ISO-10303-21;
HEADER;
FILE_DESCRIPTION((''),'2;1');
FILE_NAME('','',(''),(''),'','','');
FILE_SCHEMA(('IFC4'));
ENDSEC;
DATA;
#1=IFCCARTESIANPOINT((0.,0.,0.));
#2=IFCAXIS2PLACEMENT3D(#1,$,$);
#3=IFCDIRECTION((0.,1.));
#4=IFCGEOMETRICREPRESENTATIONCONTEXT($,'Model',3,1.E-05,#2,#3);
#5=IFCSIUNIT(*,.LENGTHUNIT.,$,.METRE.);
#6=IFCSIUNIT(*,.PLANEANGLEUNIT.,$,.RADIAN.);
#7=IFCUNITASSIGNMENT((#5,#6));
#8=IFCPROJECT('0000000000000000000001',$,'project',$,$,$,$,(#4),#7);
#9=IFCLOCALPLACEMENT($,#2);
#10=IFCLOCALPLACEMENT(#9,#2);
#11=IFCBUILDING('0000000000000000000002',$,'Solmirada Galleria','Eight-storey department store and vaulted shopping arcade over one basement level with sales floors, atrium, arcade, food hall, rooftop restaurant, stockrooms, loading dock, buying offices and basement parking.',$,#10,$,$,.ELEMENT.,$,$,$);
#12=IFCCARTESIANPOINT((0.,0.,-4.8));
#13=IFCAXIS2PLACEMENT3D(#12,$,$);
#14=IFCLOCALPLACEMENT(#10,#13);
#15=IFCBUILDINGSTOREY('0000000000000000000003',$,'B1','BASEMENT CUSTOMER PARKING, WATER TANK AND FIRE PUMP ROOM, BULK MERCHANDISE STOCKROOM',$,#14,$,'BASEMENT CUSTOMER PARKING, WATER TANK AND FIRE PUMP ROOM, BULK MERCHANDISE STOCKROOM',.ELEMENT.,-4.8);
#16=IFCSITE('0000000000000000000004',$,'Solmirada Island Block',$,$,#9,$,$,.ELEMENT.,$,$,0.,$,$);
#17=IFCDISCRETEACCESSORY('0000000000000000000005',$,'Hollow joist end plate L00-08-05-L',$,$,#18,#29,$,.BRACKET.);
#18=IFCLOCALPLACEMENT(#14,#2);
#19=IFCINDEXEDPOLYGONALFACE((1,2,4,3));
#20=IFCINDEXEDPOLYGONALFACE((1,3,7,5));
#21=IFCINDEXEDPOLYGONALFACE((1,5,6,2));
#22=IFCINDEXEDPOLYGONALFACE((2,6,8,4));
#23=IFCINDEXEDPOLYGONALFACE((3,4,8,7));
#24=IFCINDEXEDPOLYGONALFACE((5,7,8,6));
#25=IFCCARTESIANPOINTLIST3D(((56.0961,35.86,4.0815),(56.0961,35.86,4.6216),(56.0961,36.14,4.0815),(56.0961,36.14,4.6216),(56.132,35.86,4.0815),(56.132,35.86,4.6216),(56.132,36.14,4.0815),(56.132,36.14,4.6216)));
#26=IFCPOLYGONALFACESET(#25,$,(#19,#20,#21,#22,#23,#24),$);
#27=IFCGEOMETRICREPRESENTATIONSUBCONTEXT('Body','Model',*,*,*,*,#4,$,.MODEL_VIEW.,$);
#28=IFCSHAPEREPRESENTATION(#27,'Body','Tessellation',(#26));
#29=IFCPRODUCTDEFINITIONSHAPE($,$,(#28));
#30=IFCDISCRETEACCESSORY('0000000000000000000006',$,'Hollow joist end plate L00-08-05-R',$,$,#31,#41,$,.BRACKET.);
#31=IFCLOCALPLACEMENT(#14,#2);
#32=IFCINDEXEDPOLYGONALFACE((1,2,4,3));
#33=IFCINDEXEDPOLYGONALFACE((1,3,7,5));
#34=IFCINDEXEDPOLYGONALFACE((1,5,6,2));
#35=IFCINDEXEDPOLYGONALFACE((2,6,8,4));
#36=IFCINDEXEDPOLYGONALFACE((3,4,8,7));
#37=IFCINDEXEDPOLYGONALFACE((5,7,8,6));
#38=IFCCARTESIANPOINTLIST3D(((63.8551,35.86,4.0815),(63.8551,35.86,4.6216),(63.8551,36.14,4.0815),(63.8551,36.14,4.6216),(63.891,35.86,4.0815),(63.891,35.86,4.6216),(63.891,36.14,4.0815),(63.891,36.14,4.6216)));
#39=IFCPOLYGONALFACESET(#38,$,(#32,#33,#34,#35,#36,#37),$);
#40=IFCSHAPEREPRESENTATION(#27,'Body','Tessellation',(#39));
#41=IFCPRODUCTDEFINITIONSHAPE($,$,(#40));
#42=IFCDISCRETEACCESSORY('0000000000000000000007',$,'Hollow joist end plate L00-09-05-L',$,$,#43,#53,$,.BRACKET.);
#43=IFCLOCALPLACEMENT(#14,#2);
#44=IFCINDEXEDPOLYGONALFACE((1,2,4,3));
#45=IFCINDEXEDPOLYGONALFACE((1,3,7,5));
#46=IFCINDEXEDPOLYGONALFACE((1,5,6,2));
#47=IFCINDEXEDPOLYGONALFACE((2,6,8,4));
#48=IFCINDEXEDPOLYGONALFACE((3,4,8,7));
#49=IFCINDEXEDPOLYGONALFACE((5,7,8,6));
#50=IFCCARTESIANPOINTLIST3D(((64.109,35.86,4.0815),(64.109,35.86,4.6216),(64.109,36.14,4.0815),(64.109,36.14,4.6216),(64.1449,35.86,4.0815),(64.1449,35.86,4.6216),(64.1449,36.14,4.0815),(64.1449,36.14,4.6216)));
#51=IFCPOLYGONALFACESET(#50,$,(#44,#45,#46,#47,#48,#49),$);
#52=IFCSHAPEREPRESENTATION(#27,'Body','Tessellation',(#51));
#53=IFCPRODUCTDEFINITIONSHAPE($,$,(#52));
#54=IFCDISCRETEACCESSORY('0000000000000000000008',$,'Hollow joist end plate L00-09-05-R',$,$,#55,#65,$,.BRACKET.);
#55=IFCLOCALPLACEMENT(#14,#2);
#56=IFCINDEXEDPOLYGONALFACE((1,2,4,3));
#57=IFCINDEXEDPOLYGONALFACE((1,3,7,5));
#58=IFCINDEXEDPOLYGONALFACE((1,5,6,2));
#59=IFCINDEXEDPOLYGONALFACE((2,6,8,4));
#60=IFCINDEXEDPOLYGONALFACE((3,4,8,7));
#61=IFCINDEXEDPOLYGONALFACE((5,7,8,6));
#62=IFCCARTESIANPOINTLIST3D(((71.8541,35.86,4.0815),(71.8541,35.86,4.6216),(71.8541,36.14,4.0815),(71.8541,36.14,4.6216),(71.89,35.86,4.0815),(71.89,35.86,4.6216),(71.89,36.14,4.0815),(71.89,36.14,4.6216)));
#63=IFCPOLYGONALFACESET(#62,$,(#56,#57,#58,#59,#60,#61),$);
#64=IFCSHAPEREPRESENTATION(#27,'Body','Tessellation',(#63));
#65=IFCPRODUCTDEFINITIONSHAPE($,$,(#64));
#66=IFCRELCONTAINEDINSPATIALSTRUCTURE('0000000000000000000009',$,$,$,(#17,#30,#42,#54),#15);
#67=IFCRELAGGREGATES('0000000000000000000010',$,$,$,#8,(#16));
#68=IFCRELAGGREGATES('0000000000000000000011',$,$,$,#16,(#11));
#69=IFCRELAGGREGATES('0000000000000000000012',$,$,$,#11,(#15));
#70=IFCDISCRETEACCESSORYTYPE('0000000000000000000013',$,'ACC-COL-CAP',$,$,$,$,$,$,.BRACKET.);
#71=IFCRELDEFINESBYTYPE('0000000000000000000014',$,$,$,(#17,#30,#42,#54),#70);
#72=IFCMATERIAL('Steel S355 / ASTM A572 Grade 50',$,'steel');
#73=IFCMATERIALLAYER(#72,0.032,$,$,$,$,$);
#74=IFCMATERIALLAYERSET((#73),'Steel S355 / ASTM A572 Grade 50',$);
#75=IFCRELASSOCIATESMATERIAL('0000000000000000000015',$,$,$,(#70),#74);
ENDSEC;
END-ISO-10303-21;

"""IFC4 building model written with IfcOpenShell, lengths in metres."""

from ifc_helpers import new_model, si_unit, direction, frame, origin, origin_2d, place, context, subcontext, project, spatial, rectangle, extrude, material, layer, layer_set, type_object, element, save


model = new_model("IFC4")

# Units and contexts
model_context = context("Model", 3, precision=1e-05, world=origin(), true_north=direction((0.0, 1.0)))
body_context = subcontext(model_context, "Body", "Model", "MODEL_VIEW")
ifc_project = project(units=[si_unit("LENGTHUNIT", "METRE"), si_unit("PLANEANGLEUNIT", "RADIAN")], contexts=[model_context])

# Site, building, storey
site_placement = place(None, origin())
site = spatial("IfcSite", under=ifc_project, at=site_placement, Name="Solmirada Island Block", CompositionType="ELEMENT", RefElevation=0.0)
building_placement = place(site_placement, origin())
building = spatial("IfcBuilding", under=site, at=building_placement, Name="Solmirada Galleria", Description="Eight-storey department store and vaulted shopping arcade over one basement level with sales floors, atrium, arcade, food hall, rooftop restaurant, stockrooms, loading dock, buying offices and basement parking.", CompositionType="ELEMENT")
storey_placement = place(building_placement, frame((0.0, 0.0, -4.8)))
storey = spatial("IfcBuildingStorey", under=building, at=storey_placement, Name="B1", Description="BASEMENT CUSTOMER PARKING, WATER TANK AND FIRE PUMP ROOM, BULK MERCHANDISE STOCKROOM", LongName="BASEMENT CUSTOMER PARKING, WATER TANK AND FIRE PUMP ROOM, BULK MERCHANDISE STOCKROOM", CompositionType="ELEMENT", Elevation=-4.8)

# Discrete accessories
ifc_material_1 = material(Name="Steel S355 / ASTM A572 Grade 50", Category="steel")
ifc_layer = layer(ifc_material_1, 0.032)
ifc_layer_set = layer_set([ifc_layer], Name="Steel S355 / ASTM A572 Grade 50")
discrete_accessory_type = type_object("IfcDiscreteAccessoryType", Name="ACC-COL-CAP", PredefinedType="BRACKET", material=ifc_layer_set)
for number, where, z_axis, x_axis, name in (
    (1, (56.114, 36.0, 4.0815), (0.0, 0.0, 1.0), (1.0, 0.0, 0.0), "Hollow joist end plate L00-08-05-L"),
    (2, (63.873, 36.0, 4.0815), (0.0, 0.0, 1.0), (1.0, 0.0, 0.0), "Hollow joist end plate L00-08-05-R"),
    (3, (64.127, 36.0, 4.0815), (0.0, 0.0, 1.0), (1.0, 0.0, 0.0), "Hollow joist end plate L00-09-05-L"),
    (4, (71.8721, 36.0, 4.0815), (0.0, 0.0, 1.0), (1.0, 0.0, 0.0), "Hollow joist end plate L00-09-05-R"),
):
    element("IfcDiscreteAccessory", number, at=place(storey_placement, frame(where, z_axis=z_axis, x_axis=x_axis)), inside=storey, type_object=discrete_accessory_type, Name=name, PredefinedType="BRACKET", context=body_context, shape_type="SweptSolid", body=[
        extrude(rectangle(XDim=0.0359, YDim=0.28, at=origin_2d()), origin(), (0.0, 0.0, 1.0), 0.54),
    ])

save(model, "model.ifc")
